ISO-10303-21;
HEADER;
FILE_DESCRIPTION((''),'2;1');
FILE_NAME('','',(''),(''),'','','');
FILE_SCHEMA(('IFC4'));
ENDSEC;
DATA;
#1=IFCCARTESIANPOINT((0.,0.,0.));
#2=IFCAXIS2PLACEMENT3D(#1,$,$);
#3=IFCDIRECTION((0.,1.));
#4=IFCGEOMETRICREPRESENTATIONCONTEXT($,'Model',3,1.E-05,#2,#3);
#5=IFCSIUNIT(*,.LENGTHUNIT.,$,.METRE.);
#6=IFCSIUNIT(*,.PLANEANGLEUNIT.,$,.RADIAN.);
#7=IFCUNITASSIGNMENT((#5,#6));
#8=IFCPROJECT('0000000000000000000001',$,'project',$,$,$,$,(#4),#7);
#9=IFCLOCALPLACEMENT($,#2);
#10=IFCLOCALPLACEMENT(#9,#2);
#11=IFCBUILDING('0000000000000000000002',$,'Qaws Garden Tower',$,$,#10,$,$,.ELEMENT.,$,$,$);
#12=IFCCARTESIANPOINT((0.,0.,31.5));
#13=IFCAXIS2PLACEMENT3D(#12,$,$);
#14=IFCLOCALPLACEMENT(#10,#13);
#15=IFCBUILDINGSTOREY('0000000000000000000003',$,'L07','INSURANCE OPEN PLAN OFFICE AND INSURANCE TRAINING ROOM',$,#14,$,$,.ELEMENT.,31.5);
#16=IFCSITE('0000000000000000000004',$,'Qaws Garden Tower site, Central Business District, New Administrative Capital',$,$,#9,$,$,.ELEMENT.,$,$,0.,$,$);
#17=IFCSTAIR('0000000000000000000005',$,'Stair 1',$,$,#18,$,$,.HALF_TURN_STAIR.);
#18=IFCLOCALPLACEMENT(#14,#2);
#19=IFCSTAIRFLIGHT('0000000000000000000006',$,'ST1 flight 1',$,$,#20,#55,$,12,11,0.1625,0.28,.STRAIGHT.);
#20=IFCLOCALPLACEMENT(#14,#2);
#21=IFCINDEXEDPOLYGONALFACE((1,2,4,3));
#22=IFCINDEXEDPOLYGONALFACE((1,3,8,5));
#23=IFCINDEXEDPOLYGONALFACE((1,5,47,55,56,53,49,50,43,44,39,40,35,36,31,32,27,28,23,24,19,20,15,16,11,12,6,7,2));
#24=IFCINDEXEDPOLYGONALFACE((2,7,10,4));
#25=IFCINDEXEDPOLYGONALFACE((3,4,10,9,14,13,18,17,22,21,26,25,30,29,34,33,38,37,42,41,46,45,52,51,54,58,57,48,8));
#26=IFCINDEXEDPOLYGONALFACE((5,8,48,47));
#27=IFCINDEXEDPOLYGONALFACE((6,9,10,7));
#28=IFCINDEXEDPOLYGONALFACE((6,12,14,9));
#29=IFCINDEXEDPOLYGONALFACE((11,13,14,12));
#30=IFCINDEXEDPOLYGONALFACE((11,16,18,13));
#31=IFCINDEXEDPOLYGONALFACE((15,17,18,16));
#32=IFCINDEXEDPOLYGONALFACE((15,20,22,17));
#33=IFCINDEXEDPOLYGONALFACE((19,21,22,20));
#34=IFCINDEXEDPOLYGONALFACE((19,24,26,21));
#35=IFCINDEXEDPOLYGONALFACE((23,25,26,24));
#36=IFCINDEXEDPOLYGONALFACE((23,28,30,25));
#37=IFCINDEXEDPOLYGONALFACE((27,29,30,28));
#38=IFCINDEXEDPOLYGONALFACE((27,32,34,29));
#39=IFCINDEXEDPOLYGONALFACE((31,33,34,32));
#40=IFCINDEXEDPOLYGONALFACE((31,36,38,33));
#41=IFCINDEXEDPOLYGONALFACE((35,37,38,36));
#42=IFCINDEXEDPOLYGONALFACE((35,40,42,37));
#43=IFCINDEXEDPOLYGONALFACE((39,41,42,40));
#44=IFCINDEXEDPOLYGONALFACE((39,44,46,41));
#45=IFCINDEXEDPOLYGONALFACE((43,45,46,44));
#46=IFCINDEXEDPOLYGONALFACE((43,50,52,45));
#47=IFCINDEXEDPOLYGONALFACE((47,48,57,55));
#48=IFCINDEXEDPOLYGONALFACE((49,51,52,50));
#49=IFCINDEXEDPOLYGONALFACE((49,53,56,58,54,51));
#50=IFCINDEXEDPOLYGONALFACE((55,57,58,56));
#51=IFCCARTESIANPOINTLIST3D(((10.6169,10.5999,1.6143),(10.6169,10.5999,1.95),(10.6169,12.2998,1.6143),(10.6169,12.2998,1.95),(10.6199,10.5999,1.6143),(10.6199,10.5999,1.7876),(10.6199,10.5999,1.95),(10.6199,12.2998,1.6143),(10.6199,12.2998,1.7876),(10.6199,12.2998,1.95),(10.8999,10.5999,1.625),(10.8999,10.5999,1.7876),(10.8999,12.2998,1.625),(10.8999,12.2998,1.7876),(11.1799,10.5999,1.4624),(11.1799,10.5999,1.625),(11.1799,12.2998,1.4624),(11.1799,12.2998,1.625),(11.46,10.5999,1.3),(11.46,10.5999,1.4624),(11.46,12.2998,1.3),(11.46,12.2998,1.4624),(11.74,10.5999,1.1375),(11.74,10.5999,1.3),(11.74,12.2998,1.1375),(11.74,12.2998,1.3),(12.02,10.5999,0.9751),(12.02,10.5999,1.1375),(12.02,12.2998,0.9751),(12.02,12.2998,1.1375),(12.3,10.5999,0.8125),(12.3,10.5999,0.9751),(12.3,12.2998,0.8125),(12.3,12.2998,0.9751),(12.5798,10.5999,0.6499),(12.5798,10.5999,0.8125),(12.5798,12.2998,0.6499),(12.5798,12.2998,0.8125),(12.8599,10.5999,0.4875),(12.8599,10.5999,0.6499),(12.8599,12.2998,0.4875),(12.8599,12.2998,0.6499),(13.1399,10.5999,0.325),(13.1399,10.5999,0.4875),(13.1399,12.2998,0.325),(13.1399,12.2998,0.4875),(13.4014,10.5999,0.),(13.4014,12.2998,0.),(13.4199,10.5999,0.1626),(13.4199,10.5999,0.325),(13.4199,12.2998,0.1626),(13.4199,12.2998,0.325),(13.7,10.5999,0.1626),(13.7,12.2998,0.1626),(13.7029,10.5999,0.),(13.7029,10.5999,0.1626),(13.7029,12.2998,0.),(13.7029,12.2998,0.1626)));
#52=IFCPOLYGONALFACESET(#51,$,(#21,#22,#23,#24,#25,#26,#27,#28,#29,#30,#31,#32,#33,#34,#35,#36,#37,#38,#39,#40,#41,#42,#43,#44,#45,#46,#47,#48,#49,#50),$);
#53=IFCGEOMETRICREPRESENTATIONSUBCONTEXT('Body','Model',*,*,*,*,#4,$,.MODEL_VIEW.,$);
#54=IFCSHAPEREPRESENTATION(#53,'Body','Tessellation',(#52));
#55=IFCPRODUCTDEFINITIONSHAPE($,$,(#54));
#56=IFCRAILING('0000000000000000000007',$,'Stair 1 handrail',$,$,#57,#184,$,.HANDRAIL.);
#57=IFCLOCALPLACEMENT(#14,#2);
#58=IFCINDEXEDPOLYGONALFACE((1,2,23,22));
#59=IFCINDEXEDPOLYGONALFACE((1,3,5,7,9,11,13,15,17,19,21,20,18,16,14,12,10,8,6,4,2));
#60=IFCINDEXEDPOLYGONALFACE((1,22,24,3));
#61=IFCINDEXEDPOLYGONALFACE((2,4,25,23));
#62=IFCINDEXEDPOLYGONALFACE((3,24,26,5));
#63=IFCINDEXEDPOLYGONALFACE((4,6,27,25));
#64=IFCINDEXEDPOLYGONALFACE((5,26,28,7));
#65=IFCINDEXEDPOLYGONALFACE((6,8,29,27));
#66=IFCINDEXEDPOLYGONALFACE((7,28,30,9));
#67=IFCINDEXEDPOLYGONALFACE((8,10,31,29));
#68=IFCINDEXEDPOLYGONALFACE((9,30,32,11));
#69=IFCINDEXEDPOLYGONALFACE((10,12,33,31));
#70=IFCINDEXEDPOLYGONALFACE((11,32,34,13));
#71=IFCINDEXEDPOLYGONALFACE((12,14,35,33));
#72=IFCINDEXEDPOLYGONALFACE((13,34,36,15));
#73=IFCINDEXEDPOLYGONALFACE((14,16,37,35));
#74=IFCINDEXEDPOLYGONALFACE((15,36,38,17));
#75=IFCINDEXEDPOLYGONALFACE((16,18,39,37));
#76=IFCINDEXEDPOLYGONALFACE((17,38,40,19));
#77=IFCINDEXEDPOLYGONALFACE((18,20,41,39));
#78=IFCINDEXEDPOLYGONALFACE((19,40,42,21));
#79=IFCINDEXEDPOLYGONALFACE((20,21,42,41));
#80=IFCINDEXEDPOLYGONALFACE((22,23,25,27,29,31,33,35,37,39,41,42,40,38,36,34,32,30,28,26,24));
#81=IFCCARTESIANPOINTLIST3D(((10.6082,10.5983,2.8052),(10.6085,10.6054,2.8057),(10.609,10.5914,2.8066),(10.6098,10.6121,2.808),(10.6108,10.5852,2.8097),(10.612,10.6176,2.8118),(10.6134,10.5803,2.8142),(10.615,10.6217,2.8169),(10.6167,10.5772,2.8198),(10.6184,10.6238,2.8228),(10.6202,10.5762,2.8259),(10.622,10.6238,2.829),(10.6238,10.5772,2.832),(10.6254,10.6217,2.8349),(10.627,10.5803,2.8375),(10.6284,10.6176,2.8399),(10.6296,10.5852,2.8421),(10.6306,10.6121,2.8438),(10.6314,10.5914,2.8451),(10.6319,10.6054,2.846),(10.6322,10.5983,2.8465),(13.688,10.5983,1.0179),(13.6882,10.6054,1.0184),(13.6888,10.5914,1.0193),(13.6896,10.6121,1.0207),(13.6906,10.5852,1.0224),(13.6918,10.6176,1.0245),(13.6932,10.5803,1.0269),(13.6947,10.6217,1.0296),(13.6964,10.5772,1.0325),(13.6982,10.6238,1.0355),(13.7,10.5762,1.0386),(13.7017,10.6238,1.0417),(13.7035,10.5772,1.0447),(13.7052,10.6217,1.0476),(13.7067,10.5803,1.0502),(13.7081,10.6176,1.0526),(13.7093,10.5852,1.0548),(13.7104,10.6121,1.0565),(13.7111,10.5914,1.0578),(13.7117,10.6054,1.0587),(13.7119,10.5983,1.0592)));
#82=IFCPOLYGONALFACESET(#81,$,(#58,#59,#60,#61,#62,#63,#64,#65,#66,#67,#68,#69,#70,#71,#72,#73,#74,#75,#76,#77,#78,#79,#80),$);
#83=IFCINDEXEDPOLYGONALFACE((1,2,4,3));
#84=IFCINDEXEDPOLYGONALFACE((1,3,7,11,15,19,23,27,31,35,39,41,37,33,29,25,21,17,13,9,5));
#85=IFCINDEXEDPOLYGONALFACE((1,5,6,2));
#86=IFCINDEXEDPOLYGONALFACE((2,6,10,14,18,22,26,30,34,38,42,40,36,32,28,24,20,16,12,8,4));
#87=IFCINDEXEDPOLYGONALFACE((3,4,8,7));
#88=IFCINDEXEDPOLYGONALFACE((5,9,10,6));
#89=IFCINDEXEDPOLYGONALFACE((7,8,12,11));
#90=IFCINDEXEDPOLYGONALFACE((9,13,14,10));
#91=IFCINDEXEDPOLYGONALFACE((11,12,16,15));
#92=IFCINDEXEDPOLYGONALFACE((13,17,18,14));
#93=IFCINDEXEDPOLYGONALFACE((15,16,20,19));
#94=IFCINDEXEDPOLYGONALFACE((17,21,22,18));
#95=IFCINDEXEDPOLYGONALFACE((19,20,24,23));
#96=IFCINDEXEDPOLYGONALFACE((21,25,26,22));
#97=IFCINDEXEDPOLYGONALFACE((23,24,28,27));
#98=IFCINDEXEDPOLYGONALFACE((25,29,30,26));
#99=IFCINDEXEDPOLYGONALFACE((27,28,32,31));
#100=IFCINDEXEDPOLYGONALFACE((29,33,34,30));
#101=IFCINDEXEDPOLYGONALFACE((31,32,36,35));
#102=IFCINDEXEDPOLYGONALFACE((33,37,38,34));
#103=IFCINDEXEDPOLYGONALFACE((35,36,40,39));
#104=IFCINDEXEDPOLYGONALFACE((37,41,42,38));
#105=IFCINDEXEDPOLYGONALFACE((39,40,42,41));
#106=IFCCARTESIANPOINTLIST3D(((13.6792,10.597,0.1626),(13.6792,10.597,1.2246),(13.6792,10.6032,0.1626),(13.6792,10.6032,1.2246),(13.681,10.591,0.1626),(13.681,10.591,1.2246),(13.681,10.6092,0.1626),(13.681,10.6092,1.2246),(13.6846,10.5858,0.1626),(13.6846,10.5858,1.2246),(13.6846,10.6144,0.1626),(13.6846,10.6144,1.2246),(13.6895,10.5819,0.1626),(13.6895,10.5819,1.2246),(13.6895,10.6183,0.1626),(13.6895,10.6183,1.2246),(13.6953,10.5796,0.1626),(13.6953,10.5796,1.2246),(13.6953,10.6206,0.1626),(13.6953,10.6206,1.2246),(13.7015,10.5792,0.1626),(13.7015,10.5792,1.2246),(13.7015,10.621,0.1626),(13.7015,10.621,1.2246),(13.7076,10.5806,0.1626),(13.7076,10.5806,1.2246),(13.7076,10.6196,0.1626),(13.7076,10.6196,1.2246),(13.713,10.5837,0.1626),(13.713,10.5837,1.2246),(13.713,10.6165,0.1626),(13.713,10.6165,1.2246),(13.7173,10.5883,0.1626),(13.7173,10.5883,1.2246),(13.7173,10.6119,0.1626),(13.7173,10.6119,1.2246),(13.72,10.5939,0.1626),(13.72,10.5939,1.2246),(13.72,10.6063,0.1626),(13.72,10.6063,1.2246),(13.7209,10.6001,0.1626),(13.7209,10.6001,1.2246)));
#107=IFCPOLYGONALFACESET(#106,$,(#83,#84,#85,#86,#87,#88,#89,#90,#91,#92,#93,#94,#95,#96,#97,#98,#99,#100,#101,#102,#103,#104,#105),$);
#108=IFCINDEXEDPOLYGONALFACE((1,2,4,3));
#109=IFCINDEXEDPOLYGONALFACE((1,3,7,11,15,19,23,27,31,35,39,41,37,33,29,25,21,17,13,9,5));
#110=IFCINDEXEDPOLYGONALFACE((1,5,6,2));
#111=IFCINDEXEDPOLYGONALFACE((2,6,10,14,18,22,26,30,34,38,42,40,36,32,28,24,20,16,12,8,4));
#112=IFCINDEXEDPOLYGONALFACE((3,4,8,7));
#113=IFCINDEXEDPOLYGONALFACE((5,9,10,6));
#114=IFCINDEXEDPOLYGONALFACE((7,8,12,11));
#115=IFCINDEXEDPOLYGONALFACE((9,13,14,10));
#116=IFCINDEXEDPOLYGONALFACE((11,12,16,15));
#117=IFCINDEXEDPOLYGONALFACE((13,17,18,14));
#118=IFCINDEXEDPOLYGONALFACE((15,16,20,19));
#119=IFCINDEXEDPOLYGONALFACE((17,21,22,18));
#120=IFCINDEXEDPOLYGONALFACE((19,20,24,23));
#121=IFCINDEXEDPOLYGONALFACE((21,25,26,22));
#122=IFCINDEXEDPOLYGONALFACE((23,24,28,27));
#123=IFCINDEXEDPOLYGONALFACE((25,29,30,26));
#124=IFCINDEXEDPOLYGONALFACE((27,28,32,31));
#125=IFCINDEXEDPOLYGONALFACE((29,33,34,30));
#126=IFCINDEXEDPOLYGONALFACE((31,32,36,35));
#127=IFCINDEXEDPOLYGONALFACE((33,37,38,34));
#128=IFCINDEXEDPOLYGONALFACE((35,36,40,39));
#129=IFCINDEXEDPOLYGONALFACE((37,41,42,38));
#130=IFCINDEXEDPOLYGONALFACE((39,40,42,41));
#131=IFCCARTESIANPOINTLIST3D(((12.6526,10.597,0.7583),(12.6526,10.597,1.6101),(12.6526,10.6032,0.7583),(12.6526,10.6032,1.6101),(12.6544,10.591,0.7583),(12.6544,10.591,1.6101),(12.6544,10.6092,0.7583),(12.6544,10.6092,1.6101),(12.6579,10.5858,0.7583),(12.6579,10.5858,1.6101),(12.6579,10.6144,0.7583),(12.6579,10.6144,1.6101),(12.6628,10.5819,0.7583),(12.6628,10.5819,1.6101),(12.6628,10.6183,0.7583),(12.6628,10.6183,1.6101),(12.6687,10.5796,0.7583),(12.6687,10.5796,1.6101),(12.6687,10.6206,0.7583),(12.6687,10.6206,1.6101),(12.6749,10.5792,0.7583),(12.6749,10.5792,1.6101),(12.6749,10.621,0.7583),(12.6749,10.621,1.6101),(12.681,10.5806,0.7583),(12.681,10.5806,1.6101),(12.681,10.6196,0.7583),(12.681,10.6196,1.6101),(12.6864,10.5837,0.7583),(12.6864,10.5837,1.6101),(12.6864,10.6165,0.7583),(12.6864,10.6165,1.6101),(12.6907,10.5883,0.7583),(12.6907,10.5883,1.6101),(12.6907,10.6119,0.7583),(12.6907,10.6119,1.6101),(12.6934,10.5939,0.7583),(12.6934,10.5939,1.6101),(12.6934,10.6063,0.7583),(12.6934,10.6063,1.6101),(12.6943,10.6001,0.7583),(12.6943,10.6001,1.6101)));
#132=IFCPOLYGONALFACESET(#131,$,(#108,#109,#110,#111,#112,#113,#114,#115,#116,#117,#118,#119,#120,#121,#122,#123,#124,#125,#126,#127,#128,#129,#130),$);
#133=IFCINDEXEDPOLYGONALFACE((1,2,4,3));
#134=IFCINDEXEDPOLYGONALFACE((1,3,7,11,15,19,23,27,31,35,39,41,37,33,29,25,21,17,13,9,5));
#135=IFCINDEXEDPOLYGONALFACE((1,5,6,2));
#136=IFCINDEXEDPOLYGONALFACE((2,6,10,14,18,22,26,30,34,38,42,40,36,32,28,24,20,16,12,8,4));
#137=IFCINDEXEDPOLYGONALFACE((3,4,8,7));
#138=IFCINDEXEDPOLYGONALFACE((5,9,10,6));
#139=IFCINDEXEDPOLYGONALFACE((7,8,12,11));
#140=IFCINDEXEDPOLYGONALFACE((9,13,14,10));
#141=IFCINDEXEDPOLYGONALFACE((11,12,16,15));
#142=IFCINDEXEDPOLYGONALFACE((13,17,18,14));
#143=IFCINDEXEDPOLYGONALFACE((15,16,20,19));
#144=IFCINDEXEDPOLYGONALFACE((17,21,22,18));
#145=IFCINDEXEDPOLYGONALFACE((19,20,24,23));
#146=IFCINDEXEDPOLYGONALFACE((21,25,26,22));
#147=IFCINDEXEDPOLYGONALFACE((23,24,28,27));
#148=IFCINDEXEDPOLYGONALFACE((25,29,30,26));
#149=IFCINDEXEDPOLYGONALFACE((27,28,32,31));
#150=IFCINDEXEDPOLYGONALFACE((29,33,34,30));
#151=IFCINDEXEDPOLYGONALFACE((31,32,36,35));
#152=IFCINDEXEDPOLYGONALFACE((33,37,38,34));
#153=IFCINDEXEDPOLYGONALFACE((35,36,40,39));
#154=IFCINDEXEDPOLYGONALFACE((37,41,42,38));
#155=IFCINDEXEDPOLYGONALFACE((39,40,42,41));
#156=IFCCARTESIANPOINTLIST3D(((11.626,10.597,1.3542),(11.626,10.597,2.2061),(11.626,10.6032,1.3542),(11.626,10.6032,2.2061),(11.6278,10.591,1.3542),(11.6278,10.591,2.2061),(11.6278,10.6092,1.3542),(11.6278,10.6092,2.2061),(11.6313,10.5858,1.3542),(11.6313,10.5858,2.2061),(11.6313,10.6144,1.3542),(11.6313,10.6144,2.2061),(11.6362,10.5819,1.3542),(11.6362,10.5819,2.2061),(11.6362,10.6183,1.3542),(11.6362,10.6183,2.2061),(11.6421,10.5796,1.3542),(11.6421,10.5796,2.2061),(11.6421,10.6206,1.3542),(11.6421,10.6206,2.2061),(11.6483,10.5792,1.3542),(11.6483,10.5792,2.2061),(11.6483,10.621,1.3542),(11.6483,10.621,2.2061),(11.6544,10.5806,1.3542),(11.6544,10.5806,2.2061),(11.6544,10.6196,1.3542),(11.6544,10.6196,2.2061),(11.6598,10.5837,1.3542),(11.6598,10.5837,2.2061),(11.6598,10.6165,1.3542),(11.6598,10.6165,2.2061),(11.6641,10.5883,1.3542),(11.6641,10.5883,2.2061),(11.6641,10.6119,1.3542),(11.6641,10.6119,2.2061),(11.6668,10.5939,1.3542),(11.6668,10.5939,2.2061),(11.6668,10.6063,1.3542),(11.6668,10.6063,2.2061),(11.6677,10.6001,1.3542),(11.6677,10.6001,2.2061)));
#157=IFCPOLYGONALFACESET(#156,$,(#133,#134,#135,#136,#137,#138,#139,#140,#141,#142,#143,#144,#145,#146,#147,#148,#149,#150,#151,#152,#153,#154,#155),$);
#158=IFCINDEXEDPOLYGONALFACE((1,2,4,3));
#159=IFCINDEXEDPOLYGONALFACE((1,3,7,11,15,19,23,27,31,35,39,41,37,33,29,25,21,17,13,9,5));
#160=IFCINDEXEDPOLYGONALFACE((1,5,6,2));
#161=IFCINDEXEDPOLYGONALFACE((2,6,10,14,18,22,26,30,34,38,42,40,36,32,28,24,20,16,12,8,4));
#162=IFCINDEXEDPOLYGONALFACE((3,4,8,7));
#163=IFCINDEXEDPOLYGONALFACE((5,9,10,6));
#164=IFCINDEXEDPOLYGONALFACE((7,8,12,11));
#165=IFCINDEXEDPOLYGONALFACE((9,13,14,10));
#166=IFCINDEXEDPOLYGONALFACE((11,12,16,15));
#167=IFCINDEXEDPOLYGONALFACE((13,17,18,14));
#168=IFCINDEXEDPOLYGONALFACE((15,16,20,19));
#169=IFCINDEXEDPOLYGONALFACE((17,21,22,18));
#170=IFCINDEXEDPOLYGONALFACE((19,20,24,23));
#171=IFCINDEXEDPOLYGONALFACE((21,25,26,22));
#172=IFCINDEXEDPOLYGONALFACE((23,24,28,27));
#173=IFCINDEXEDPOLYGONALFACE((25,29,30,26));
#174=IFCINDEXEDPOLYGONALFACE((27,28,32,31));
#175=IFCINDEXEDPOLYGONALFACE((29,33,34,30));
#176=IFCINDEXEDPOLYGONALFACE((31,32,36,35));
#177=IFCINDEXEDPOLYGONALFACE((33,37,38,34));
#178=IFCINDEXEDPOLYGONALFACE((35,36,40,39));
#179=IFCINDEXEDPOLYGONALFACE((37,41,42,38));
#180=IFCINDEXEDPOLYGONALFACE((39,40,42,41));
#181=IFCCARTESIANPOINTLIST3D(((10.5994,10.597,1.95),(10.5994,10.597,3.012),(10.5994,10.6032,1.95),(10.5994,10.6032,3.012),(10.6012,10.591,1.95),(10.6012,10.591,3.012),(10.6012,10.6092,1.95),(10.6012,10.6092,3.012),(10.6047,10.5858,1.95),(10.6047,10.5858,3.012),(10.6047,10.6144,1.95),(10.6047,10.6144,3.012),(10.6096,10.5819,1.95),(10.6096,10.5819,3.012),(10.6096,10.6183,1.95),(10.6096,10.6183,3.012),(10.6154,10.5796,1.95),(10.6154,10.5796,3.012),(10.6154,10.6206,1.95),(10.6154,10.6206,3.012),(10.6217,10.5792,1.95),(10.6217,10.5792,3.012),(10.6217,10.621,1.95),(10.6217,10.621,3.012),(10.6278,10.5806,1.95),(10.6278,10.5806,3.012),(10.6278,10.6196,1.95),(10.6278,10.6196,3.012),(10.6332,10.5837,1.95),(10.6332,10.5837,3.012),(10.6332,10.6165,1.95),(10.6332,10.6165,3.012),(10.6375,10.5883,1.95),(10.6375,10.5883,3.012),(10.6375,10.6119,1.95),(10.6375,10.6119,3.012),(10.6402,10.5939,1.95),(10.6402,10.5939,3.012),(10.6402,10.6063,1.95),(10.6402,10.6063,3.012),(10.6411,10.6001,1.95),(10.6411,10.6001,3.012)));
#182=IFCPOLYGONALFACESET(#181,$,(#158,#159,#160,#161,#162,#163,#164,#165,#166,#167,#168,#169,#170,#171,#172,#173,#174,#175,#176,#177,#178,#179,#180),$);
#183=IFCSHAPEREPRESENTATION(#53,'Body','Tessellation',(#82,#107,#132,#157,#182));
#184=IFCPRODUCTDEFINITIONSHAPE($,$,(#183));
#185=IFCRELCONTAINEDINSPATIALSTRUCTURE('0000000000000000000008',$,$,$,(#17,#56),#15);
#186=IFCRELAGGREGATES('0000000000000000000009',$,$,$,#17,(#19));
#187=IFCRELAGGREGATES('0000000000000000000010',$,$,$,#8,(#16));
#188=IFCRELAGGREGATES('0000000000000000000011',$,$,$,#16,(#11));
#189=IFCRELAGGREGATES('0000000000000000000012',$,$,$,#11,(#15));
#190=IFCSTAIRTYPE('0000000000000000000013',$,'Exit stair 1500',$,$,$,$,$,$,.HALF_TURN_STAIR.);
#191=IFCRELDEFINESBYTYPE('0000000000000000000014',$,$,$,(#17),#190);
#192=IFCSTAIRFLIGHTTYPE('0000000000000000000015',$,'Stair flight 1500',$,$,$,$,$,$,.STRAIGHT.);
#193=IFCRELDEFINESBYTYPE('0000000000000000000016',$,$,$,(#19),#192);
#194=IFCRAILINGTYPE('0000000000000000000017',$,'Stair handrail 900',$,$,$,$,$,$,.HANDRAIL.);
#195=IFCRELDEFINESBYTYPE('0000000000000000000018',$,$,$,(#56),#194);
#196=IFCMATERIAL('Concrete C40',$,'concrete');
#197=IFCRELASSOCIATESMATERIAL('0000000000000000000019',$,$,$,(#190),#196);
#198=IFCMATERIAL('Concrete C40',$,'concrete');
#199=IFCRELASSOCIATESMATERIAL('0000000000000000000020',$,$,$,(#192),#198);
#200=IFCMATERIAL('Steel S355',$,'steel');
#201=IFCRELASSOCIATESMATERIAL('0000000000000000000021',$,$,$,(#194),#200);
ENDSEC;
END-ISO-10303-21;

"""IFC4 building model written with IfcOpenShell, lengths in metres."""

from ifc_helpers import new_model, si_unit, direction, frame, origin, origin_2d, place, context, subcontext, project, spatial, polyline, circle, outline, extrude, material, type_object, element, aggregate, save


model = new_model("IFC4")

# Units and contexts
model_context = context("Model", 3, precision=1e-05, world=origin(), true_north=direction((0.0, 1.0)))
body_context = subcontext(model_context, "Body", "Model", "MODEL_VIEW")
ifc_project = project(units=[si_unit("LENGTHUNIT", "METRE"), si_unit("PLANEANGLEUNIT", "RADIAN")], contexts=[model_context])

# Site, building, storey
site_placement = place(None, origin())
site = spatial("IfcSite", under=ifc_project, at=site_placement, Name="Qaws Garden Tower site, Central Business District, New Administrative Capital", CompositionType="ELEMENT", RefElevation=0.0)
building_placement = place(site_placement, origin())
building = spatial("IfcBuilding", under=site, at=building_placement, Name="Qaws Garden Tower", CompositionType="ELEMENT")
storey_placement = place(building_placement, frame((0.0, 0.0, 31.5)))
storey = spatial("IfcBuildingStorey", under=building, at=storey_placement, Name="L07", Description="INSURANCE OPEN PLAN OFFICE AND INSURANCE TRAINING ROOM", CompositionType="ELEMENT", Elevation=31.5)

# Stair, stair flight
ifc_material_1 = material(Name="Concrete C40", Category="concrete")
stair_type = type_object("IfcStairType", Name="Exit stair 1500", PredefinedType="HALF_TURN_STAIR", material=ifc_material_1)
stair_placement = place(storey_placement, origin())
stair = element("IfcStair", 1, at=stair_placement, inside=storey, type_object=stair_type, Name="Stair 1", PredefinedType="HALF_TURN_STAIR")
ifc_material_2 = material(Name="Concrete C40", Category="concrete")
stair_flight_type = type_object("IfcStairFlightType", Name="Stair flight 1500", PredefinedType="STRAIGHT", material=ifc_material_2)
stair_flight_placement = place(storey_placement, frame((13.7, 11.45, 0.0), z_axis=(0.0, 0.0, 1.0), x_axis=(-1.0, 0.0, 0.0)))
stair_flight = element("IfcStairFlight", 2, at=stair_flight_placement, type_object=stair_flight_type, Name="ST1 flight 1", NumberOfRisers=12, NumberOfTreads=11, PredefinedType="STRAIGHT", RiserHeight=0.1625, TreadLength=0.28, context=body_context, shape_type="SweptSolid", body=[
    extrude(outline(polyline([(-0.0029, 0.0), (-0.0029, 0.1626), (0.0, 0.1626), (0.28, 0.1626), (0.28, 0.325), (0.5601, 0.325), (0.5601, 0.4875), (0.8401, 0.4875), (0.8401, 0.6499), (1.1201, 0.6499), (1.1201, 0.8125), (1.3999, 0.8125), (1.3999, 0.9751), (1.6799, 0.9751), (1.6799, 1.1375), (1.96, 1.1375), (1.96, 1.3), (2.24, 1.3), (2.24, 1.4624), (2.52, 1.4624), (2.52, 1.625), (2.8, 1.625), (2.8, 1.7876), (3.0801, 1.7876), (3.0801, 1.95), (3.083, 1.95), (3.083, 1.6143), (3.0801, 1.6143), (0.2986, 0.0), (-0.0029, 0.0)])), frame((0.0, 0.8501, 0.0), z_axis=(0.0, -1.0, 0.0), x_axis=(1.0, 0.0, 0.0)), (0.0, 0.0, 1.0), 1.7),
])
aggregate(stair, [stair_flight])

# Railing
ifc_material_3 = material(Name="Steel S355", Category="steel")
railing_type = type_object("IfcRailingType", Name="Stair handrail 900", PredefinedType="HANDRAIL", material=ifc_material_3)
railing_1_placement = place(storey_placement, frame((13.7, 10.6001, 0.1626)))
element("IfcRailing", 3, at=railing_1_placement, inside=storey, type_object=railing_type, Name="Stair 1 handrail", PredefinedType="HANDRAIL", context=body_context, shape_type="SweptSolid", body=[
    extrude(circle(Radius=0.0239, at=origin_2d()), frame((0.0, 0.0, 0.876), z_axis=(-0.864903, 0.0, 0.501939), x_axis=(0.0, -1.0, 0.0)), (0.0, 0.0, 1.0), 3.5608),
    extrude(circle(Radius=0.021, at=origin_2d()), origin(), (0.0, 0.0, 1.0), 1.062),
    extrude(circle(Radius=0.021, at=origin_2d()), frame((-1.0266, 0.0, 0.5957)), (0.0, 0.0, 1.0), 0.8518),
    extrude(circle(Radius=0.021, at=origin_2d()), frame((-2.0532, 0.0, 1.1917)), (0.0, 0.0, 1.0), 0.8518),
    extrude(circle(Radius=0.021, at=origin_2d()), frame((-3.0798, 0.0, 1.7874)), (0.0, 0.0, 1.0), 1.062),
])

save(model, "model.ifc")
